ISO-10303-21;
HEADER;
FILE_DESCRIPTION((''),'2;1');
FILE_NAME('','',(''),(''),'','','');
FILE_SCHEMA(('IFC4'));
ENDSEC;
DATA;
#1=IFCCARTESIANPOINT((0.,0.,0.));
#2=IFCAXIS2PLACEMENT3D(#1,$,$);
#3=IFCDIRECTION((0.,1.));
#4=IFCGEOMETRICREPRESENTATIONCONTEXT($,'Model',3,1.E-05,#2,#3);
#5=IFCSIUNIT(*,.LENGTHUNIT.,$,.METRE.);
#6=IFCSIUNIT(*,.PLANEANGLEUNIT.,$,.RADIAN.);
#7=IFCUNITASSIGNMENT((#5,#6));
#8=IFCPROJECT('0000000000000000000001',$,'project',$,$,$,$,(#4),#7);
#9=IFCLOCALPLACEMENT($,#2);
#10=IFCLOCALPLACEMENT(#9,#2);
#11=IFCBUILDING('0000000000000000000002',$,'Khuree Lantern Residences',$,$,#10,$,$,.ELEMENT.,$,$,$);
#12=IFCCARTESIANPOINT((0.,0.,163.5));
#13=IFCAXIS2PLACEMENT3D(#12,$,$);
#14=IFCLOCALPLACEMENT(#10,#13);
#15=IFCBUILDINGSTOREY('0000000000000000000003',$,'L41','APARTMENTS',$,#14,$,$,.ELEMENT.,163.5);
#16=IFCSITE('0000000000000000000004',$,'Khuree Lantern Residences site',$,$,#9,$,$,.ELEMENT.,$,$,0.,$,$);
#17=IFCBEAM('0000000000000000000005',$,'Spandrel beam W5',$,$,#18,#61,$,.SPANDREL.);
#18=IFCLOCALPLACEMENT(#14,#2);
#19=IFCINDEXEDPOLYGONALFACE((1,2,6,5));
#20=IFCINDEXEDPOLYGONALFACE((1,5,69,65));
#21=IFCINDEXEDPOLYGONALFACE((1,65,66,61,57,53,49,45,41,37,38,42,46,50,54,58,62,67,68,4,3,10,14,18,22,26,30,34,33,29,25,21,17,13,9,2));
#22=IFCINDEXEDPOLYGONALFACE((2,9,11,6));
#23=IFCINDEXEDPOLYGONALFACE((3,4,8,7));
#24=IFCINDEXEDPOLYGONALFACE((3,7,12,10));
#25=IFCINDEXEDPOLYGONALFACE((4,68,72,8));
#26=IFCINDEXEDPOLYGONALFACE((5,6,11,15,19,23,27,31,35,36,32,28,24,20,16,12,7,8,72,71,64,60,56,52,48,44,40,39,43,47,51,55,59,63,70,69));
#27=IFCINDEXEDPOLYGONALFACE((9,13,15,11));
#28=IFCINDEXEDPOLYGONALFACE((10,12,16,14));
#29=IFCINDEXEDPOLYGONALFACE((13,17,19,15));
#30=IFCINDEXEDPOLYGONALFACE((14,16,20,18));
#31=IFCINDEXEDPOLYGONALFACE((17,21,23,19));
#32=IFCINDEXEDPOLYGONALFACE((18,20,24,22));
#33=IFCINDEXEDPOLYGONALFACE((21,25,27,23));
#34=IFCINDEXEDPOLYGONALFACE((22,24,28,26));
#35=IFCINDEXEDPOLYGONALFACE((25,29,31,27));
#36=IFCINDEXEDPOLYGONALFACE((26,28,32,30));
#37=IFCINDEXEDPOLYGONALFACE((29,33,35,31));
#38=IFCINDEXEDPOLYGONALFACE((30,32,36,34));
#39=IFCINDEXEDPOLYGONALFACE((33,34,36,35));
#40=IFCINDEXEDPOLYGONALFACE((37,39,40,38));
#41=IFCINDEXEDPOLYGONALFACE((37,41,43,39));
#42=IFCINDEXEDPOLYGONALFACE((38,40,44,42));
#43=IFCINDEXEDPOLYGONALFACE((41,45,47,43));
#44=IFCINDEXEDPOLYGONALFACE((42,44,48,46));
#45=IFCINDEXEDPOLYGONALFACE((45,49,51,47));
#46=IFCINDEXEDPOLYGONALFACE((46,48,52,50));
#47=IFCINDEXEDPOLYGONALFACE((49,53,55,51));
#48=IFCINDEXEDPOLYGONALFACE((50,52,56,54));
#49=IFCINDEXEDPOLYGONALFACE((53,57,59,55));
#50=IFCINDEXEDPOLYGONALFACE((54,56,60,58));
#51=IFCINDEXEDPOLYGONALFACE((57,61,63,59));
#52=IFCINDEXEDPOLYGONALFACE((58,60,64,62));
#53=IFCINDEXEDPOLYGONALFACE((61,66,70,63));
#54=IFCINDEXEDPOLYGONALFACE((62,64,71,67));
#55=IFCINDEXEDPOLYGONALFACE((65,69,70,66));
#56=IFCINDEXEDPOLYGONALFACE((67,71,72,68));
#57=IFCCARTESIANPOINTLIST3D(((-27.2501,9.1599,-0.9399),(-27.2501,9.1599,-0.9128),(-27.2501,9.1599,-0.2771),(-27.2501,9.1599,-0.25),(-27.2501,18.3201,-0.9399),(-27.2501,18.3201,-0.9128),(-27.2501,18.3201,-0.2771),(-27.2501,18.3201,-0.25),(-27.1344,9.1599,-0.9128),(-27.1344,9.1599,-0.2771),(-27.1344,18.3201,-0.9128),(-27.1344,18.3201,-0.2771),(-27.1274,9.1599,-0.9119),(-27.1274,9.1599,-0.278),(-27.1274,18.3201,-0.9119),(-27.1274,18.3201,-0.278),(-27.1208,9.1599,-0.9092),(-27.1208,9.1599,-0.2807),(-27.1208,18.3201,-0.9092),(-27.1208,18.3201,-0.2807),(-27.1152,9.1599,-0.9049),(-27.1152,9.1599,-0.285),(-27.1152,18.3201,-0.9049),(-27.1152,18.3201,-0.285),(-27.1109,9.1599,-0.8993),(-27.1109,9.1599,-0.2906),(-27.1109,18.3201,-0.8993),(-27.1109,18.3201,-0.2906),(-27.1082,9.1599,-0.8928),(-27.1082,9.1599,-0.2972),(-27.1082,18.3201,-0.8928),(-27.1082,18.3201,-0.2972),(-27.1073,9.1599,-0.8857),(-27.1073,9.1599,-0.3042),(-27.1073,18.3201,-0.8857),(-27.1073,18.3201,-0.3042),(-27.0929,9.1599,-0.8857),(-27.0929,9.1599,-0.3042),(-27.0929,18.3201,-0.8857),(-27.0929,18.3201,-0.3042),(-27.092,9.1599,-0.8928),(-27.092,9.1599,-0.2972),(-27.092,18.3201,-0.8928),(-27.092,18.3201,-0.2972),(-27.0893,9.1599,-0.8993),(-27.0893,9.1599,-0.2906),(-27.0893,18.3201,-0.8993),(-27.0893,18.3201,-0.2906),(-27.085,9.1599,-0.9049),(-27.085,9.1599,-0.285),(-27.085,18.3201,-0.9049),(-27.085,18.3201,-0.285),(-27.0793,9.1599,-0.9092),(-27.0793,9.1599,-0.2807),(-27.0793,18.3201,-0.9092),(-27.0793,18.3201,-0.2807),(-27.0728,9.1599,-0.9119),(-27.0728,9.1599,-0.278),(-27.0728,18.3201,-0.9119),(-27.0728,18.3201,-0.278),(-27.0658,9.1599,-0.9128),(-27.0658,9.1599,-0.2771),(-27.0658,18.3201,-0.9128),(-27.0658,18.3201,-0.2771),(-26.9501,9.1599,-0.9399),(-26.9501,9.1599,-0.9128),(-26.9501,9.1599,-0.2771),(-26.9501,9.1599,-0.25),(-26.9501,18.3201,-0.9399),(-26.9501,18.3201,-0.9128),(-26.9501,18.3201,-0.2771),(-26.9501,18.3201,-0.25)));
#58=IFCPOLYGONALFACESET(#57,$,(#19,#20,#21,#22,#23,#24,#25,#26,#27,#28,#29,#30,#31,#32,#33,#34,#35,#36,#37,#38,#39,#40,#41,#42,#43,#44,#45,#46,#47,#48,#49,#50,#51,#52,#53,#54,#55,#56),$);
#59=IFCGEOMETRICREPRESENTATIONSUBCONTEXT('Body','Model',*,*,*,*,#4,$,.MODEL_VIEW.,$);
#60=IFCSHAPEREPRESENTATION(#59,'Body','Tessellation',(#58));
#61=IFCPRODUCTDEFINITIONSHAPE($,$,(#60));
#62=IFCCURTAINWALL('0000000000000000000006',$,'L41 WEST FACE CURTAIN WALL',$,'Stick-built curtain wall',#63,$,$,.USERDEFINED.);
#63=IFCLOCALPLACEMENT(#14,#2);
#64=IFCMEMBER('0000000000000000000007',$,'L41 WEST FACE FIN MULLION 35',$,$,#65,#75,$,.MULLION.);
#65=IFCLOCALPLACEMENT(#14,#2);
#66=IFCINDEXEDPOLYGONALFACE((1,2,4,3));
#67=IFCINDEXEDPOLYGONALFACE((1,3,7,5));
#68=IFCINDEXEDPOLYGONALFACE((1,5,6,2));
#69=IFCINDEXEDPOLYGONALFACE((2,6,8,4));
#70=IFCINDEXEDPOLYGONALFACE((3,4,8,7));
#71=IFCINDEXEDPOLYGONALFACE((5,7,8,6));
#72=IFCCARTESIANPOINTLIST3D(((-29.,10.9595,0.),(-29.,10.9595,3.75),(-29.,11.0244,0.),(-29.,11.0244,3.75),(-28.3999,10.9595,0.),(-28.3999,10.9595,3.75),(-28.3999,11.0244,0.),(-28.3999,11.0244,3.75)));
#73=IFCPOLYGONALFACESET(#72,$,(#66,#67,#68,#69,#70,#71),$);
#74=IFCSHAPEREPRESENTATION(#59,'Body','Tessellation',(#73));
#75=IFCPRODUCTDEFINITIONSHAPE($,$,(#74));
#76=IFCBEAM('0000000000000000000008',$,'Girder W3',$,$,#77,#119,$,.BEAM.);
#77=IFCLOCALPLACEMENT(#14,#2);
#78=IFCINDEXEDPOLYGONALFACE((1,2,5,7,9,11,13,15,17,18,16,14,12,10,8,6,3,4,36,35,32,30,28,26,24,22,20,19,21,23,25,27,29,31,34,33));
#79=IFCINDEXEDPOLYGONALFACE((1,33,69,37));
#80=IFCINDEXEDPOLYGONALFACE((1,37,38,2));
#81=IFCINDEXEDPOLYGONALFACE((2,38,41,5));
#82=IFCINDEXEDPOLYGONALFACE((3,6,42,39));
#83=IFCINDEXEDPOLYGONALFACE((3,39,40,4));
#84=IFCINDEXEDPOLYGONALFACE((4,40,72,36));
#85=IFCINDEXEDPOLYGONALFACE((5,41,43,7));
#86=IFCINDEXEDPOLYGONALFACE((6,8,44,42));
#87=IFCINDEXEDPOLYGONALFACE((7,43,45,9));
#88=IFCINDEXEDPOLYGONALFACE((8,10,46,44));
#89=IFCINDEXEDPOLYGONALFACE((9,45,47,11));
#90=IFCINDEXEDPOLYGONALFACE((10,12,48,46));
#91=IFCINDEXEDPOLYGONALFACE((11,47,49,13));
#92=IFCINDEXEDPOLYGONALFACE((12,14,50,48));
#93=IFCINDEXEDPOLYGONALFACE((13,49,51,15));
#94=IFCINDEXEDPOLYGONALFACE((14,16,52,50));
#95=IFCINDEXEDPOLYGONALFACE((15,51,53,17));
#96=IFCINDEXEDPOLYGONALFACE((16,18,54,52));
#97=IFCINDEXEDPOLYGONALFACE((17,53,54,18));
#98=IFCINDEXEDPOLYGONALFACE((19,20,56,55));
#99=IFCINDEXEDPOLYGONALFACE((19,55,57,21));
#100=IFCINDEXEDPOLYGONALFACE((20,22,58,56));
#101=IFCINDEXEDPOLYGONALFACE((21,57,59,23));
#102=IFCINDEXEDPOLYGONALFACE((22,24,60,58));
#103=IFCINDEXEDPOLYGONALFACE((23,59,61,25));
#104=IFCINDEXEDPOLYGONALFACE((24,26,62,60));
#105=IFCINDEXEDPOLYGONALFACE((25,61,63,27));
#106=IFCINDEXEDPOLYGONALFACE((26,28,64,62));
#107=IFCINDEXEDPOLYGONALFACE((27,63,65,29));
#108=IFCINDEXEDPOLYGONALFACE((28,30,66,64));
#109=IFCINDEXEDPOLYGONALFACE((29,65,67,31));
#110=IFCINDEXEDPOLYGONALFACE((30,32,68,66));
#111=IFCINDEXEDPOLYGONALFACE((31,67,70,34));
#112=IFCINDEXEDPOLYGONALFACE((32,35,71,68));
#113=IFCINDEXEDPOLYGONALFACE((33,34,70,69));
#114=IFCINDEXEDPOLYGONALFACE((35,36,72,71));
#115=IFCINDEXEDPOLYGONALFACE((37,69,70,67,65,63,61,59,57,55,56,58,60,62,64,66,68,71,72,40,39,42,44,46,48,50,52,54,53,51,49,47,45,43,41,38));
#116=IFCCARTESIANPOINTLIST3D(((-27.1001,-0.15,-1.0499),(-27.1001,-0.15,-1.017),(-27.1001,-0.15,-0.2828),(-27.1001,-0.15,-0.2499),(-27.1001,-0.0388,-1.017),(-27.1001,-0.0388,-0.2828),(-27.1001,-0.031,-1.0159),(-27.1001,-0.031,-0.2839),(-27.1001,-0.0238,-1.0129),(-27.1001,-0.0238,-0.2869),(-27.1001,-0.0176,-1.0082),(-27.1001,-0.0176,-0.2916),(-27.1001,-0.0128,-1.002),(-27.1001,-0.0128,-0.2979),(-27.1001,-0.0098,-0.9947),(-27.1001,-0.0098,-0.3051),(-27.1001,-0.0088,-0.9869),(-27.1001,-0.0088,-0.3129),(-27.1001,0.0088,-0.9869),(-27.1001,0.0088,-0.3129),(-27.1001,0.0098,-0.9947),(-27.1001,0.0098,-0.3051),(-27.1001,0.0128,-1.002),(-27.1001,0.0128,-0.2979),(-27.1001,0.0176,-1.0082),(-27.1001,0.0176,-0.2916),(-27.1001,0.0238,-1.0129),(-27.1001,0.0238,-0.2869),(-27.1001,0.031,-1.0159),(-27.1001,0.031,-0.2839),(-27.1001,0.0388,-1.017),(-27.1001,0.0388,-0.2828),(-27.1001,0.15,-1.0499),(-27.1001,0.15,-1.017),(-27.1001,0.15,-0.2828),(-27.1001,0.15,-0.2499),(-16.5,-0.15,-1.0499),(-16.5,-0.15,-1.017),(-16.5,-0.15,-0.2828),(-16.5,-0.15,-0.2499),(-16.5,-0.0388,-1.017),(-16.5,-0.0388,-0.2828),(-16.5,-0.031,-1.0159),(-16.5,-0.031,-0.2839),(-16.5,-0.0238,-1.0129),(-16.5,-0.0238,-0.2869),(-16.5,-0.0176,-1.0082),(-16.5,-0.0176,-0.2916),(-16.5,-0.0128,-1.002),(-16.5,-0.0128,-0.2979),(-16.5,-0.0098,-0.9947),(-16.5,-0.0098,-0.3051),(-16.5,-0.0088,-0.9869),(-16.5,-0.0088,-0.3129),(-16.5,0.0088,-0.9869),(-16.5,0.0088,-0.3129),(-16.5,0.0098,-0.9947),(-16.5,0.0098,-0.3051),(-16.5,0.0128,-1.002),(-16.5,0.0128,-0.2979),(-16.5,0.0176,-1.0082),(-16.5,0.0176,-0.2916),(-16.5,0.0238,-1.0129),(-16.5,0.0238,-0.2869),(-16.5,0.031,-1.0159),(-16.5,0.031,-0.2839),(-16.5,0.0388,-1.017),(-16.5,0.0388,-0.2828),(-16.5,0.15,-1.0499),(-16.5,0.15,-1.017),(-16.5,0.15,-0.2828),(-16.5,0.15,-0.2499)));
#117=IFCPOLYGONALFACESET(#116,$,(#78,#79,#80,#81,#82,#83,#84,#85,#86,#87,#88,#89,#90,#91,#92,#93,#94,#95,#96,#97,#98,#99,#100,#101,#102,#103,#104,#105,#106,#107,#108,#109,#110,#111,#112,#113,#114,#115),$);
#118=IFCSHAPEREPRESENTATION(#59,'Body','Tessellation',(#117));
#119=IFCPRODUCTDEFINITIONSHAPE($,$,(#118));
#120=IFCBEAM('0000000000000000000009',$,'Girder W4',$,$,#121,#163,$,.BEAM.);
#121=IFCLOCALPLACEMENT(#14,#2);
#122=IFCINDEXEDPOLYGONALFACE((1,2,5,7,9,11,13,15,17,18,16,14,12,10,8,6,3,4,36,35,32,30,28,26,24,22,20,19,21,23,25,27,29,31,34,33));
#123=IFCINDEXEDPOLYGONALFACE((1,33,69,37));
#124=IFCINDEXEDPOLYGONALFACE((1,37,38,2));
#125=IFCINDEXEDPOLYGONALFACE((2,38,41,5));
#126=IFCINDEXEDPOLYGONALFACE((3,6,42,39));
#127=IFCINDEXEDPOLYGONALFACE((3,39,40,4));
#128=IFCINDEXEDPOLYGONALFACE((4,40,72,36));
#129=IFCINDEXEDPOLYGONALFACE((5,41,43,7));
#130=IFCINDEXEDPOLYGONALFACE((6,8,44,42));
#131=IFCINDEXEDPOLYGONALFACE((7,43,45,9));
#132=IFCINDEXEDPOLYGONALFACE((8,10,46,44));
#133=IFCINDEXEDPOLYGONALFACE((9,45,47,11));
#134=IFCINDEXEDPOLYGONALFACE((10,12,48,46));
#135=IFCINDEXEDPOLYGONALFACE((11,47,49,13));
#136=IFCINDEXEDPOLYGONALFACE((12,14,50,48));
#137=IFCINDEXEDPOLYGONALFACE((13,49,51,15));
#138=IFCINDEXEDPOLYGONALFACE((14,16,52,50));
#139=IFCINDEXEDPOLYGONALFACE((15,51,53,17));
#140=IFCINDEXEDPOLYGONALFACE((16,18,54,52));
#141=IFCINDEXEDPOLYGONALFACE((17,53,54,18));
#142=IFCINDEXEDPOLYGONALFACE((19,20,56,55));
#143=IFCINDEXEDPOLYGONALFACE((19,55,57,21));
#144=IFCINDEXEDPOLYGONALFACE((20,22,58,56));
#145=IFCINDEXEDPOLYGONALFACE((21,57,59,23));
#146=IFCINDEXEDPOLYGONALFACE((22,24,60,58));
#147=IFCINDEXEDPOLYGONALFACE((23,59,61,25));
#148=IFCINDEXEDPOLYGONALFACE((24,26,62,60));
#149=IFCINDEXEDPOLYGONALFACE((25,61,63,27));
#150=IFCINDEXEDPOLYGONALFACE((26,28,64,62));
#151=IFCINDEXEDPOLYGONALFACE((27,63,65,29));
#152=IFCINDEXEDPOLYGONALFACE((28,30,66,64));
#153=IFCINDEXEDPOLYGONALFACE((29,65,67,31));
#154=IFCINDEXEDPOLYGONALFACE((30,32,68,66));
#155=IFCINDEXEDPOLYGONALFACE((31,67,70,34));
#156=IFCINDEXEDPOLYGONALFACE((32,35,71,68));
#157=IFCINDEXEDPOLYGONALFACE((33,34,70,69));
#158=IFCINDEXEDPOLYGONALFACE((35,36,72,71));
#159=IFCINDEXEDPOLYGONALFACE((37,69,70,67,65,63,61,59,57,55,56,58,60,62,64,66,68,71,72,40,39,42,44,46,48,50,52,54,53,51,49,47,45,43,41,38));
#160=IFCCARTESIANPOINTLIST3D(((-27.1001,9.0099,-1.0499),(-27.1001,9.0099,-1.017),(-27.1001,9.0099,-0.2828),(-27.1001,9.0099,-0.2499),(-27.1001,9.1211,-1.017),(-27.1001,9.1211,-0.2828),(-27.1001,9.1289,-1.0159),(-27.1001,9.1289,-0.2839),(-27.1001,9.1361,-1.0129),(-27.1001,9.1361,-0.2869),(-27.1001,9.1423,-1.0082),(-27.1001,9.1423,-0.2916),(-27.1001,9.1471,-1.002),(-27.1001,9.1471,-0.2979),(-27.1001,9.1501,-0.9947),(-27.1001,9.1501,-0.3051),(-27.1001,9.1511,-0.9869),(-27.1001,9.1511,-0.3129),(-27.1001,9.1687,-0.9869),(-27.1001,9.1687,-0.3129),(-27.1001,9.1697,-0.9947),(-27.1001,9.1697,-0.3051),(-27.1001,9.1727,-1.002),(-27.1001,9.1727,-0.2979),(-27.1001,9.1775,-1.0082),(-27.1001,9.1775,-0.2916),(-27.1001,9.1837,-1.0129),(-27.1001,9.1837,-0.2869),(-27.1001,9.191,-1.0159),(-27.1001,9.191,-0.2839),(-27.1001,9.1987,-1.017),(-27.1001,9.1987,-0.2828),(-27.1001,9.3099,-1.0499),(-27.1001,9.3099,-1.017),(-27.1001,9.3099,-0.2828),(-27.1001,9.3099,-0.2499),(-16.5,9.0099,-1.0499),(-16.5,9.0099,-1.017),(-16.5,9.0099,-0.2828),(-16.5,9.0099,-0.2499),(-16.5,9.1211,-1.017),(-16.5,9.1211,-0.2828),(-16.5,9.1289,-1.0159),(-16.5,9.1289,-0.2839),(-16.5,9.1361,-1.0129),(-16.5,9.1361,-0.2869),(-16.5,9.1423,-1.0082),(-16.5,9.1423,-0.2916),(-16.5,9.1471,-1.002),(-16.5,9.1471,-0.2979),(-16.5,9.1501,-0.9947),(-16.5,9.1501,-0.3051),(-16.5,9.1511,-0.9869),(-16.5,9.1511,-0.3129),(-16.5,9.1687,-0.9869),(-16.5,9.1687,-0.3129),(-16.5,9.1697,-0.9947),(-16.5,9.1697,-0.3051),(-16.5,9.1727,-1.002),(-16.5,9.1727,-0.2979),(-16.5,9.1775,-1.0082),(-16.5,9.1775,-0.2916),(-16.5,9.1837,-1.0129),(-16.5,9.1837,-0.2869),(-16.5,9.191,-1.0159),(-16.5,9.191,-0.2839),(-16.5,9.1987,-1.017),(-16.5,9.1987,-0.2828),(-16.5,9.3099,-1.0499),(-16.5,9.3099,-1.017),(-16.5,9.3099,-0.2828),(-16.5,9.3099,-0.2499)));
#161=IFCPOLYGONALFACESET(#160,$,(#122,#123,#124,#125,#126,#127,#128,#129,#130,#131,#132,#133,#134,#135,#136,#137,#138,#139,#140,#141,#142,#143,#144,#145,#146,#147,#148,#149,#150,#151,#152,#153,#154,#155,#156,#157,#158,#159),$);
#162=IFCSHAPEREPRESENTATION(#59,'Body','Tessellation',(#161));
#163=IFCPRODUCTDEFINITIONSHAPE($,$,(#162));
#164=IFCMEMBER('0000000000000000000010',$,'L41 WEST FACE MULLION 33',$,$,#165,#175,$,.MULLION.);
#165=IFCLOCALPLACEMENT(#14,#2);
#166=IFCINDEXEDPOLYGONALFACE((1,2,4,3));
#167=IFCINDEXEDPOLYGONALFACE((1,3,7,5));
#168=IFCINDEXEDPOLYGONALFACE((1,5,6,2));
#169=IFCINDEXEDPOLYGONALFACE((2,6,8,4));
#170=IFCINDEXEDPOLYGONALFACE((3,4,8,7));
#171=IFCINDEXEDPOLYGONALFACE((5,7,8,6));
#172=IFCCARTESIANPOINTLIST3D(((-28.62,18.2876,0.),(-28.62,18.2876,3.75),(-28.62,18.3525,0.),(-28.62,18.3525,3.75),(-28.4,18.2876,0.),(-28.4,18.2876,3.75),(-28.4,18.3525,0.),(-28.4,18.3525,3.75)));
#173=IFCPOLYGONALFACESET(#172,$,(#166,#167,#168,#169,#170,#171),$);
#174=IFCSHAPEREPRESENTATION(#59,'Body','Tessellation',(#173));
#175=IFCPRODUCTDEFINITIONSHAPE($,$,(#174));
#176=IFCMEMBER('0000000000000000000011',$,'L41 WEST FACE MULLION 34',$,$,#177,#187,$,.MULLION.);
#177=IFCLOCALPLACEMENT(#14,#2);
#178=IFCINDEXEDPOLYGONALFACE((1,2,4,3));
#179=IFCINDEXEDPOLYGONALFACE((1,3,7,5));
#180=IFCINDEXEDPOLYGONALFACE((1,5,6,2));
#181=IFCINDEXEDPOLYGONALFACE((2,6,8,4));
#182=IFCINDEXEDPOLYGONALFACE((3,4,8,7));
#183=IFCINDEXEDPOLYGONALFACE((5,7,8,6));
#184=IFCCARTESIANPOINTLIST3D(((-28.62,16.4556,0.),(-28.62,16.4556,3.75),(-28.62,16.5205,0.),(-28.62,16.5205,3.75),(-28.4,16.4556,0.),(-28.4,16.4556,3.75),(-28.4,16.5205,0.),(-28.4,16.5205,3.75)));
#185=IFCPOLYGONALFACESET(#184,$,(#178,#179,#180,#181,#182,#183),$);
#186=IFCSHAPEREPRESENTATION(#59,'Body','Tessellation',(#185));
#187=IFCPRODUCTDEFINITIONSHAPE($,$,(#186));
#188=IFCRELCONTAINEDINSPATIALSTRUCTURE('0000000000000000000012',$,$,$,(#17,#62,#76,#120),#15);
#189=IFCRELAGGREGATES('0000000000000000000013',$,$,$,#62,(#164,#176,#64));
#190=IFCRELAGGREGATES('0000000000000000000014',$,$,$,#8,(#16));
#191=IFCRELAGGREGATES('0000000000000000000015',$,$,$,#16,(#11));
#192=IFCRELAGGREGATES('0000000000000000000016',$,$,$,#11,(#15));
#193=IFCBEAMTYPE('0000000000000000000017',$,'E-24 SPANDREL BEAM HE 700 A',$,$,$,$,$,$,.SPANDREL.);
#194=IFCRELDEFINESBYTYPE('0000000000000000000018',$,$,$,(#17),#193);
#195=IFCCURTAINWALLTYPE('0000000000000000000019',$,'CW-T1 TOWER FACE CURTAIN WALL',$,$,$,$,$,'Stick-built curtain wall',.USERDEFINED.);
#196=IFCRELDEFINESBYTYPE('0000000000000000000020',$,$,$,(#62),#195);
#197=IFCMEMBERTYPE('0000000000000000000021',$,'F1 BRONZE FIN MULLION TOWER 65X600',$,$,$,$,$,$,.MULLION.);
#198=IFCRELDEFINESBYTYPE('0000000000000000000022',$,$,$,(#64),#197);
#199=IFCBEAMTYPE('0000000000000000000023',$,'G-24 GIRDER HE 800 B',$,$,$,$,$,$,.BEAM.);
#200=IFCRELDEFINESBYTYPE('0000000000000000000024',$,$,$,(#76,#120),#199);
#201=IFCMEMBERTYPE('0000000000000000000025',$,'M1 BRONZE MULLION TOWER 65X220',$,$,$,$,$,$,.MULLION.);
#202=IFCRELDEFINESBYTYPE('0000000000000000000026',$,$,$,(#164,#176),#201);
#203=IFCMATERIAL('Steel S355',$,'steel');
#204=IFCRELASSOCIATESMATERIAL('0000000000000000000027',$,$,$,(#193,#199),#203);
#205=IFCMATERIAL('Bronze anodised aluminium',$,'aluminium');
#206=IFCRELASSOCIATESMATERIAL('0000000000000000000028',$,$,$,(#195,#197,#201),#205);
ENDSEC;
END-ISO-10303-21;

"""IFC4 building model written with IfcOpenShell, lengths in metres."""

from ifc_helpers import new_model, si_unit, direction, frame, origin, origin_2d, place, context, subcontext, project, spatial, rectangle, i_section, extrude, material, material_profile, profile_set, type_object, element, aggregate, save


model = new_model("IFC4")

# Units and contexts
model_context = context("Model", 3, precision=1e-05, world=origin(), true_north=direction((0.0, 1.0)))
body_context = subcontext(model_context, "Body", "Model", "MODEL_VIEW")
ifc_project = project(units=[si_unit("LENGTHUNIT", "METRE"), si_unit("PLANEANGLEUNIT", "RADIAN")], contexts=[model_context])

# Site, building, storey
site_placement = place(None, origin())
site = spatial("IfcSite", under=ifc_project, at=site_placement, Name="Khuree Lantern Residences site", CompositionType="ELEMENT", RefElevation=0.0)
building_placement = place(site_placement, origin())
building = spatial("IfcBuilding", under=site, at=building_placement, Name="Khuree Lantern Residences", CompositionType="ELEMENT")
storey_placement = place(building_placement, frame((0.0, 0.0, 163.5)))
storey = spatial("IfcBuildingStorey", under=building, at=storey_placement, Name="L41", Description="APARTMENTS", CompositionType="ELEMENT", Elevation=163.5)

# Beam
ifc_material_1 = material(Name="Steel S355", Category="steel")
ifc_material_profile_1 = material_profile(ifc_material_1, i_section(OverallWidth=0.3, OverallDepth=0.6899, WebThickness=0.0144, FlangeThickness=0.0271, FilletRadius=0.0271, at=origin_2d()), Name="HE 700 A")
ifc_profile_set_1 = profile_set([ifc_material_profile_1], Name="Steel S355")
beam_type_1 = type_object("IfcBeamType", Name="E-24 SPANDREL BEAM HE 700 A", PredefinedType="SPANDREL", material=ifc_profile_set_1)
beam_1_placement = place(storey_placement, frame((-27.1001, 9.1599, -0.595), z_axis=(0.0, 1.0, 0.0), x_axis=(-1.0, 0.0, 0.0)))
element("IfcBeam", 1, at=beam_1_placement, inside=storey, type_object=beam_type_1, Name="Spandrel beam W5", PredefinedType="SPANDREL", context=body_context, shape_type="SweptSolid", body=[
    extrude(i_section(OverallWidth=0.3, OverallDepth=0.6899, WebThickness=0.0144, FlangeThickness=0.0271, FilletRadius=0.0271, at=origin_2d()), origin(), (0.0, 0.0, 1.0), 9.1602),
])

# Curtain wall, member
ifc_material_2 = material(Name="Bronze anodised aluminium", Category="aluminium")
curtain_wall_type = type_object("IfcCurtainWallType", Name="CW-T1 TOWER FACE CURTAIN WALL", ElementType="Stick-built curtain wall", PredefinedType="USERDEFINED", material=ifc_material_2)
curtain_wall_placement = place(storey_placement, origin())
curtain_wall = element("IfcCurtainWall", 2, at=curtain_wall_placement, inside=storey, type_object=curtain_wall_type, Name="L41 WEST FACE CURTAIN WALL", ObjectType="Stick-built curtain wall", PredefinedType="USERDEFINED")
ifc_material_profile_2 = material_profile(ifc_material_2, rectangle(XDim=0.0649, YDim=0.6001, at=origin_2d()), Name="F1 65X600")
ifc_profile_set_2 = profile_set([ifc_material_profile_2], Name="Bronze anodised aluminium")
member_type_1 = type_object("IfcMemberType", Name="F1 BRONZE FIN MULLION TOWER 65X600", PredefinedType="MULLION", material=ifc_profile_set_2)
member_1_placement = place(storey_placement, frame((-28.7, 10.9919, 0.0), z_axis=(0.0, 0.0, 1.0), x_axis=(0.0, -1.0, 0.0)))
member_1 = element("IfcMember", 3, at=member_1_placement, type_object=member_type_1, Name="L41 WEST FACE FIN MULLION 35", PredefinedType="MULLION", context=body_context, shape_type="SweptSolid", body=[
    extrude(rectangle(XDim=0.0649, YDim=0.6001, at=origin_2d()), origin(), (0.0, 0.0, 1.0), 3.75),
])

# Beams
ifc_material_profile_3 = material_profile(ifc_material_1, i_section(OverallWidth=0.3, OverallDepth=0.8, WebThickness=0.0176, FlangeThickness=0.033, FilletRadius=0.03, at=origin_2d()), Name="HE 800 B")
ifc_profile_set_3 = profile_set([ifc_material_profile_3], Name="Steel S355")
beam_type_2 = type_object("IfcBeamType", Name="G-24 GIRDER HE 800 B", PredefinedType="BEAM", material=ifc_profile_set_3)
for number, where, z_axis, x_axis, name in (
    (4, (-27.1001, 0.0, -0.6499), (1.0, 0.0, 0.0), (0.0, 1.0, 0.0), "Girder W3"),
    (5, (-27.1001, 9.1599, -0.6499), (1.0, 0.0, 0.0), (0.0, 1.0, 0.0), "Girder W4"),
):
    element("IfcBeam", number, at=place(storey_placement, frame(where, z_axis=z_axis, x_axis=x_axis)), inside=storey, type_object=beam_type_2, Name=name, PredefinedType="BEAM", context=body_context, shape_type="SweptSolid", body=[
        extrude(i_section(OverallWidth=0.3, OverallDepth=0.8, WebThickness=0.0176, FlangeThickness=0.033, FilletRadius=0.03, at=origin_2d()), origin(), (0.0, 0.0, 1.0), 10.6001),
    ])

# Members
ifc_material_profile_4 = material_profile(ifc_material_2, rectangle(XDim=0.0649, YDim=0.22, at=origin_2d()), Name="M1 65X220")
ifc_profile_set_4 = profile_set([ifc_material_profile_4], Name="Bronze anodised aluminium")
member_type_2 = type_object("IfcMemberType", Name="M1 BRONZE MULLION TOWER 65X220", PredefinedType="MULLION", material=ifc_profile_set_4)
member_2_placement = place(storey_placement, frame((-28.51, 18.3201, 0.0), z_axis=(0.0, 0.0, 1.0), x_axis=(0.0, -1.0, 0.0)))
member_2 = element("IfcMember", 6, at=member_2_placement, type_object=member_type_2, Name="L41 WEST FACE MULLION 33", PredefinedType="MULLION", context=body_context, shape_type="SweptSolid", body=[
    extrude(rectangle(XDim=0.0649, YDim=0.22, at=origin_2d()), origin(), (0.0, 0.0, 1.0), 3.75),
])
member_3_placement = place(storey_placement, frame((-28.51, 16.488, 0.0), z_axis=(0.0, 0.0, 1.0), x_axis=(0.0, -1.0, 0.0)))
member_3 = element("IfcMember", 7, at=member_3_placement, type_object=member_type_2, Name="L41 WEST FACE MULLION 34", PredefinedType="MULLION", context=body_context, shape_type="SweptSolid", body=[
    extrude(rectangle(XDim=0.0649, YDim=0.22, at=origin_2d()), origin(), (0.0, 0.0, 1.0), 3.75),
])

aggregate(curtain_wall, [member_2, member_3, member_1])

save(model, "model.ifc")
